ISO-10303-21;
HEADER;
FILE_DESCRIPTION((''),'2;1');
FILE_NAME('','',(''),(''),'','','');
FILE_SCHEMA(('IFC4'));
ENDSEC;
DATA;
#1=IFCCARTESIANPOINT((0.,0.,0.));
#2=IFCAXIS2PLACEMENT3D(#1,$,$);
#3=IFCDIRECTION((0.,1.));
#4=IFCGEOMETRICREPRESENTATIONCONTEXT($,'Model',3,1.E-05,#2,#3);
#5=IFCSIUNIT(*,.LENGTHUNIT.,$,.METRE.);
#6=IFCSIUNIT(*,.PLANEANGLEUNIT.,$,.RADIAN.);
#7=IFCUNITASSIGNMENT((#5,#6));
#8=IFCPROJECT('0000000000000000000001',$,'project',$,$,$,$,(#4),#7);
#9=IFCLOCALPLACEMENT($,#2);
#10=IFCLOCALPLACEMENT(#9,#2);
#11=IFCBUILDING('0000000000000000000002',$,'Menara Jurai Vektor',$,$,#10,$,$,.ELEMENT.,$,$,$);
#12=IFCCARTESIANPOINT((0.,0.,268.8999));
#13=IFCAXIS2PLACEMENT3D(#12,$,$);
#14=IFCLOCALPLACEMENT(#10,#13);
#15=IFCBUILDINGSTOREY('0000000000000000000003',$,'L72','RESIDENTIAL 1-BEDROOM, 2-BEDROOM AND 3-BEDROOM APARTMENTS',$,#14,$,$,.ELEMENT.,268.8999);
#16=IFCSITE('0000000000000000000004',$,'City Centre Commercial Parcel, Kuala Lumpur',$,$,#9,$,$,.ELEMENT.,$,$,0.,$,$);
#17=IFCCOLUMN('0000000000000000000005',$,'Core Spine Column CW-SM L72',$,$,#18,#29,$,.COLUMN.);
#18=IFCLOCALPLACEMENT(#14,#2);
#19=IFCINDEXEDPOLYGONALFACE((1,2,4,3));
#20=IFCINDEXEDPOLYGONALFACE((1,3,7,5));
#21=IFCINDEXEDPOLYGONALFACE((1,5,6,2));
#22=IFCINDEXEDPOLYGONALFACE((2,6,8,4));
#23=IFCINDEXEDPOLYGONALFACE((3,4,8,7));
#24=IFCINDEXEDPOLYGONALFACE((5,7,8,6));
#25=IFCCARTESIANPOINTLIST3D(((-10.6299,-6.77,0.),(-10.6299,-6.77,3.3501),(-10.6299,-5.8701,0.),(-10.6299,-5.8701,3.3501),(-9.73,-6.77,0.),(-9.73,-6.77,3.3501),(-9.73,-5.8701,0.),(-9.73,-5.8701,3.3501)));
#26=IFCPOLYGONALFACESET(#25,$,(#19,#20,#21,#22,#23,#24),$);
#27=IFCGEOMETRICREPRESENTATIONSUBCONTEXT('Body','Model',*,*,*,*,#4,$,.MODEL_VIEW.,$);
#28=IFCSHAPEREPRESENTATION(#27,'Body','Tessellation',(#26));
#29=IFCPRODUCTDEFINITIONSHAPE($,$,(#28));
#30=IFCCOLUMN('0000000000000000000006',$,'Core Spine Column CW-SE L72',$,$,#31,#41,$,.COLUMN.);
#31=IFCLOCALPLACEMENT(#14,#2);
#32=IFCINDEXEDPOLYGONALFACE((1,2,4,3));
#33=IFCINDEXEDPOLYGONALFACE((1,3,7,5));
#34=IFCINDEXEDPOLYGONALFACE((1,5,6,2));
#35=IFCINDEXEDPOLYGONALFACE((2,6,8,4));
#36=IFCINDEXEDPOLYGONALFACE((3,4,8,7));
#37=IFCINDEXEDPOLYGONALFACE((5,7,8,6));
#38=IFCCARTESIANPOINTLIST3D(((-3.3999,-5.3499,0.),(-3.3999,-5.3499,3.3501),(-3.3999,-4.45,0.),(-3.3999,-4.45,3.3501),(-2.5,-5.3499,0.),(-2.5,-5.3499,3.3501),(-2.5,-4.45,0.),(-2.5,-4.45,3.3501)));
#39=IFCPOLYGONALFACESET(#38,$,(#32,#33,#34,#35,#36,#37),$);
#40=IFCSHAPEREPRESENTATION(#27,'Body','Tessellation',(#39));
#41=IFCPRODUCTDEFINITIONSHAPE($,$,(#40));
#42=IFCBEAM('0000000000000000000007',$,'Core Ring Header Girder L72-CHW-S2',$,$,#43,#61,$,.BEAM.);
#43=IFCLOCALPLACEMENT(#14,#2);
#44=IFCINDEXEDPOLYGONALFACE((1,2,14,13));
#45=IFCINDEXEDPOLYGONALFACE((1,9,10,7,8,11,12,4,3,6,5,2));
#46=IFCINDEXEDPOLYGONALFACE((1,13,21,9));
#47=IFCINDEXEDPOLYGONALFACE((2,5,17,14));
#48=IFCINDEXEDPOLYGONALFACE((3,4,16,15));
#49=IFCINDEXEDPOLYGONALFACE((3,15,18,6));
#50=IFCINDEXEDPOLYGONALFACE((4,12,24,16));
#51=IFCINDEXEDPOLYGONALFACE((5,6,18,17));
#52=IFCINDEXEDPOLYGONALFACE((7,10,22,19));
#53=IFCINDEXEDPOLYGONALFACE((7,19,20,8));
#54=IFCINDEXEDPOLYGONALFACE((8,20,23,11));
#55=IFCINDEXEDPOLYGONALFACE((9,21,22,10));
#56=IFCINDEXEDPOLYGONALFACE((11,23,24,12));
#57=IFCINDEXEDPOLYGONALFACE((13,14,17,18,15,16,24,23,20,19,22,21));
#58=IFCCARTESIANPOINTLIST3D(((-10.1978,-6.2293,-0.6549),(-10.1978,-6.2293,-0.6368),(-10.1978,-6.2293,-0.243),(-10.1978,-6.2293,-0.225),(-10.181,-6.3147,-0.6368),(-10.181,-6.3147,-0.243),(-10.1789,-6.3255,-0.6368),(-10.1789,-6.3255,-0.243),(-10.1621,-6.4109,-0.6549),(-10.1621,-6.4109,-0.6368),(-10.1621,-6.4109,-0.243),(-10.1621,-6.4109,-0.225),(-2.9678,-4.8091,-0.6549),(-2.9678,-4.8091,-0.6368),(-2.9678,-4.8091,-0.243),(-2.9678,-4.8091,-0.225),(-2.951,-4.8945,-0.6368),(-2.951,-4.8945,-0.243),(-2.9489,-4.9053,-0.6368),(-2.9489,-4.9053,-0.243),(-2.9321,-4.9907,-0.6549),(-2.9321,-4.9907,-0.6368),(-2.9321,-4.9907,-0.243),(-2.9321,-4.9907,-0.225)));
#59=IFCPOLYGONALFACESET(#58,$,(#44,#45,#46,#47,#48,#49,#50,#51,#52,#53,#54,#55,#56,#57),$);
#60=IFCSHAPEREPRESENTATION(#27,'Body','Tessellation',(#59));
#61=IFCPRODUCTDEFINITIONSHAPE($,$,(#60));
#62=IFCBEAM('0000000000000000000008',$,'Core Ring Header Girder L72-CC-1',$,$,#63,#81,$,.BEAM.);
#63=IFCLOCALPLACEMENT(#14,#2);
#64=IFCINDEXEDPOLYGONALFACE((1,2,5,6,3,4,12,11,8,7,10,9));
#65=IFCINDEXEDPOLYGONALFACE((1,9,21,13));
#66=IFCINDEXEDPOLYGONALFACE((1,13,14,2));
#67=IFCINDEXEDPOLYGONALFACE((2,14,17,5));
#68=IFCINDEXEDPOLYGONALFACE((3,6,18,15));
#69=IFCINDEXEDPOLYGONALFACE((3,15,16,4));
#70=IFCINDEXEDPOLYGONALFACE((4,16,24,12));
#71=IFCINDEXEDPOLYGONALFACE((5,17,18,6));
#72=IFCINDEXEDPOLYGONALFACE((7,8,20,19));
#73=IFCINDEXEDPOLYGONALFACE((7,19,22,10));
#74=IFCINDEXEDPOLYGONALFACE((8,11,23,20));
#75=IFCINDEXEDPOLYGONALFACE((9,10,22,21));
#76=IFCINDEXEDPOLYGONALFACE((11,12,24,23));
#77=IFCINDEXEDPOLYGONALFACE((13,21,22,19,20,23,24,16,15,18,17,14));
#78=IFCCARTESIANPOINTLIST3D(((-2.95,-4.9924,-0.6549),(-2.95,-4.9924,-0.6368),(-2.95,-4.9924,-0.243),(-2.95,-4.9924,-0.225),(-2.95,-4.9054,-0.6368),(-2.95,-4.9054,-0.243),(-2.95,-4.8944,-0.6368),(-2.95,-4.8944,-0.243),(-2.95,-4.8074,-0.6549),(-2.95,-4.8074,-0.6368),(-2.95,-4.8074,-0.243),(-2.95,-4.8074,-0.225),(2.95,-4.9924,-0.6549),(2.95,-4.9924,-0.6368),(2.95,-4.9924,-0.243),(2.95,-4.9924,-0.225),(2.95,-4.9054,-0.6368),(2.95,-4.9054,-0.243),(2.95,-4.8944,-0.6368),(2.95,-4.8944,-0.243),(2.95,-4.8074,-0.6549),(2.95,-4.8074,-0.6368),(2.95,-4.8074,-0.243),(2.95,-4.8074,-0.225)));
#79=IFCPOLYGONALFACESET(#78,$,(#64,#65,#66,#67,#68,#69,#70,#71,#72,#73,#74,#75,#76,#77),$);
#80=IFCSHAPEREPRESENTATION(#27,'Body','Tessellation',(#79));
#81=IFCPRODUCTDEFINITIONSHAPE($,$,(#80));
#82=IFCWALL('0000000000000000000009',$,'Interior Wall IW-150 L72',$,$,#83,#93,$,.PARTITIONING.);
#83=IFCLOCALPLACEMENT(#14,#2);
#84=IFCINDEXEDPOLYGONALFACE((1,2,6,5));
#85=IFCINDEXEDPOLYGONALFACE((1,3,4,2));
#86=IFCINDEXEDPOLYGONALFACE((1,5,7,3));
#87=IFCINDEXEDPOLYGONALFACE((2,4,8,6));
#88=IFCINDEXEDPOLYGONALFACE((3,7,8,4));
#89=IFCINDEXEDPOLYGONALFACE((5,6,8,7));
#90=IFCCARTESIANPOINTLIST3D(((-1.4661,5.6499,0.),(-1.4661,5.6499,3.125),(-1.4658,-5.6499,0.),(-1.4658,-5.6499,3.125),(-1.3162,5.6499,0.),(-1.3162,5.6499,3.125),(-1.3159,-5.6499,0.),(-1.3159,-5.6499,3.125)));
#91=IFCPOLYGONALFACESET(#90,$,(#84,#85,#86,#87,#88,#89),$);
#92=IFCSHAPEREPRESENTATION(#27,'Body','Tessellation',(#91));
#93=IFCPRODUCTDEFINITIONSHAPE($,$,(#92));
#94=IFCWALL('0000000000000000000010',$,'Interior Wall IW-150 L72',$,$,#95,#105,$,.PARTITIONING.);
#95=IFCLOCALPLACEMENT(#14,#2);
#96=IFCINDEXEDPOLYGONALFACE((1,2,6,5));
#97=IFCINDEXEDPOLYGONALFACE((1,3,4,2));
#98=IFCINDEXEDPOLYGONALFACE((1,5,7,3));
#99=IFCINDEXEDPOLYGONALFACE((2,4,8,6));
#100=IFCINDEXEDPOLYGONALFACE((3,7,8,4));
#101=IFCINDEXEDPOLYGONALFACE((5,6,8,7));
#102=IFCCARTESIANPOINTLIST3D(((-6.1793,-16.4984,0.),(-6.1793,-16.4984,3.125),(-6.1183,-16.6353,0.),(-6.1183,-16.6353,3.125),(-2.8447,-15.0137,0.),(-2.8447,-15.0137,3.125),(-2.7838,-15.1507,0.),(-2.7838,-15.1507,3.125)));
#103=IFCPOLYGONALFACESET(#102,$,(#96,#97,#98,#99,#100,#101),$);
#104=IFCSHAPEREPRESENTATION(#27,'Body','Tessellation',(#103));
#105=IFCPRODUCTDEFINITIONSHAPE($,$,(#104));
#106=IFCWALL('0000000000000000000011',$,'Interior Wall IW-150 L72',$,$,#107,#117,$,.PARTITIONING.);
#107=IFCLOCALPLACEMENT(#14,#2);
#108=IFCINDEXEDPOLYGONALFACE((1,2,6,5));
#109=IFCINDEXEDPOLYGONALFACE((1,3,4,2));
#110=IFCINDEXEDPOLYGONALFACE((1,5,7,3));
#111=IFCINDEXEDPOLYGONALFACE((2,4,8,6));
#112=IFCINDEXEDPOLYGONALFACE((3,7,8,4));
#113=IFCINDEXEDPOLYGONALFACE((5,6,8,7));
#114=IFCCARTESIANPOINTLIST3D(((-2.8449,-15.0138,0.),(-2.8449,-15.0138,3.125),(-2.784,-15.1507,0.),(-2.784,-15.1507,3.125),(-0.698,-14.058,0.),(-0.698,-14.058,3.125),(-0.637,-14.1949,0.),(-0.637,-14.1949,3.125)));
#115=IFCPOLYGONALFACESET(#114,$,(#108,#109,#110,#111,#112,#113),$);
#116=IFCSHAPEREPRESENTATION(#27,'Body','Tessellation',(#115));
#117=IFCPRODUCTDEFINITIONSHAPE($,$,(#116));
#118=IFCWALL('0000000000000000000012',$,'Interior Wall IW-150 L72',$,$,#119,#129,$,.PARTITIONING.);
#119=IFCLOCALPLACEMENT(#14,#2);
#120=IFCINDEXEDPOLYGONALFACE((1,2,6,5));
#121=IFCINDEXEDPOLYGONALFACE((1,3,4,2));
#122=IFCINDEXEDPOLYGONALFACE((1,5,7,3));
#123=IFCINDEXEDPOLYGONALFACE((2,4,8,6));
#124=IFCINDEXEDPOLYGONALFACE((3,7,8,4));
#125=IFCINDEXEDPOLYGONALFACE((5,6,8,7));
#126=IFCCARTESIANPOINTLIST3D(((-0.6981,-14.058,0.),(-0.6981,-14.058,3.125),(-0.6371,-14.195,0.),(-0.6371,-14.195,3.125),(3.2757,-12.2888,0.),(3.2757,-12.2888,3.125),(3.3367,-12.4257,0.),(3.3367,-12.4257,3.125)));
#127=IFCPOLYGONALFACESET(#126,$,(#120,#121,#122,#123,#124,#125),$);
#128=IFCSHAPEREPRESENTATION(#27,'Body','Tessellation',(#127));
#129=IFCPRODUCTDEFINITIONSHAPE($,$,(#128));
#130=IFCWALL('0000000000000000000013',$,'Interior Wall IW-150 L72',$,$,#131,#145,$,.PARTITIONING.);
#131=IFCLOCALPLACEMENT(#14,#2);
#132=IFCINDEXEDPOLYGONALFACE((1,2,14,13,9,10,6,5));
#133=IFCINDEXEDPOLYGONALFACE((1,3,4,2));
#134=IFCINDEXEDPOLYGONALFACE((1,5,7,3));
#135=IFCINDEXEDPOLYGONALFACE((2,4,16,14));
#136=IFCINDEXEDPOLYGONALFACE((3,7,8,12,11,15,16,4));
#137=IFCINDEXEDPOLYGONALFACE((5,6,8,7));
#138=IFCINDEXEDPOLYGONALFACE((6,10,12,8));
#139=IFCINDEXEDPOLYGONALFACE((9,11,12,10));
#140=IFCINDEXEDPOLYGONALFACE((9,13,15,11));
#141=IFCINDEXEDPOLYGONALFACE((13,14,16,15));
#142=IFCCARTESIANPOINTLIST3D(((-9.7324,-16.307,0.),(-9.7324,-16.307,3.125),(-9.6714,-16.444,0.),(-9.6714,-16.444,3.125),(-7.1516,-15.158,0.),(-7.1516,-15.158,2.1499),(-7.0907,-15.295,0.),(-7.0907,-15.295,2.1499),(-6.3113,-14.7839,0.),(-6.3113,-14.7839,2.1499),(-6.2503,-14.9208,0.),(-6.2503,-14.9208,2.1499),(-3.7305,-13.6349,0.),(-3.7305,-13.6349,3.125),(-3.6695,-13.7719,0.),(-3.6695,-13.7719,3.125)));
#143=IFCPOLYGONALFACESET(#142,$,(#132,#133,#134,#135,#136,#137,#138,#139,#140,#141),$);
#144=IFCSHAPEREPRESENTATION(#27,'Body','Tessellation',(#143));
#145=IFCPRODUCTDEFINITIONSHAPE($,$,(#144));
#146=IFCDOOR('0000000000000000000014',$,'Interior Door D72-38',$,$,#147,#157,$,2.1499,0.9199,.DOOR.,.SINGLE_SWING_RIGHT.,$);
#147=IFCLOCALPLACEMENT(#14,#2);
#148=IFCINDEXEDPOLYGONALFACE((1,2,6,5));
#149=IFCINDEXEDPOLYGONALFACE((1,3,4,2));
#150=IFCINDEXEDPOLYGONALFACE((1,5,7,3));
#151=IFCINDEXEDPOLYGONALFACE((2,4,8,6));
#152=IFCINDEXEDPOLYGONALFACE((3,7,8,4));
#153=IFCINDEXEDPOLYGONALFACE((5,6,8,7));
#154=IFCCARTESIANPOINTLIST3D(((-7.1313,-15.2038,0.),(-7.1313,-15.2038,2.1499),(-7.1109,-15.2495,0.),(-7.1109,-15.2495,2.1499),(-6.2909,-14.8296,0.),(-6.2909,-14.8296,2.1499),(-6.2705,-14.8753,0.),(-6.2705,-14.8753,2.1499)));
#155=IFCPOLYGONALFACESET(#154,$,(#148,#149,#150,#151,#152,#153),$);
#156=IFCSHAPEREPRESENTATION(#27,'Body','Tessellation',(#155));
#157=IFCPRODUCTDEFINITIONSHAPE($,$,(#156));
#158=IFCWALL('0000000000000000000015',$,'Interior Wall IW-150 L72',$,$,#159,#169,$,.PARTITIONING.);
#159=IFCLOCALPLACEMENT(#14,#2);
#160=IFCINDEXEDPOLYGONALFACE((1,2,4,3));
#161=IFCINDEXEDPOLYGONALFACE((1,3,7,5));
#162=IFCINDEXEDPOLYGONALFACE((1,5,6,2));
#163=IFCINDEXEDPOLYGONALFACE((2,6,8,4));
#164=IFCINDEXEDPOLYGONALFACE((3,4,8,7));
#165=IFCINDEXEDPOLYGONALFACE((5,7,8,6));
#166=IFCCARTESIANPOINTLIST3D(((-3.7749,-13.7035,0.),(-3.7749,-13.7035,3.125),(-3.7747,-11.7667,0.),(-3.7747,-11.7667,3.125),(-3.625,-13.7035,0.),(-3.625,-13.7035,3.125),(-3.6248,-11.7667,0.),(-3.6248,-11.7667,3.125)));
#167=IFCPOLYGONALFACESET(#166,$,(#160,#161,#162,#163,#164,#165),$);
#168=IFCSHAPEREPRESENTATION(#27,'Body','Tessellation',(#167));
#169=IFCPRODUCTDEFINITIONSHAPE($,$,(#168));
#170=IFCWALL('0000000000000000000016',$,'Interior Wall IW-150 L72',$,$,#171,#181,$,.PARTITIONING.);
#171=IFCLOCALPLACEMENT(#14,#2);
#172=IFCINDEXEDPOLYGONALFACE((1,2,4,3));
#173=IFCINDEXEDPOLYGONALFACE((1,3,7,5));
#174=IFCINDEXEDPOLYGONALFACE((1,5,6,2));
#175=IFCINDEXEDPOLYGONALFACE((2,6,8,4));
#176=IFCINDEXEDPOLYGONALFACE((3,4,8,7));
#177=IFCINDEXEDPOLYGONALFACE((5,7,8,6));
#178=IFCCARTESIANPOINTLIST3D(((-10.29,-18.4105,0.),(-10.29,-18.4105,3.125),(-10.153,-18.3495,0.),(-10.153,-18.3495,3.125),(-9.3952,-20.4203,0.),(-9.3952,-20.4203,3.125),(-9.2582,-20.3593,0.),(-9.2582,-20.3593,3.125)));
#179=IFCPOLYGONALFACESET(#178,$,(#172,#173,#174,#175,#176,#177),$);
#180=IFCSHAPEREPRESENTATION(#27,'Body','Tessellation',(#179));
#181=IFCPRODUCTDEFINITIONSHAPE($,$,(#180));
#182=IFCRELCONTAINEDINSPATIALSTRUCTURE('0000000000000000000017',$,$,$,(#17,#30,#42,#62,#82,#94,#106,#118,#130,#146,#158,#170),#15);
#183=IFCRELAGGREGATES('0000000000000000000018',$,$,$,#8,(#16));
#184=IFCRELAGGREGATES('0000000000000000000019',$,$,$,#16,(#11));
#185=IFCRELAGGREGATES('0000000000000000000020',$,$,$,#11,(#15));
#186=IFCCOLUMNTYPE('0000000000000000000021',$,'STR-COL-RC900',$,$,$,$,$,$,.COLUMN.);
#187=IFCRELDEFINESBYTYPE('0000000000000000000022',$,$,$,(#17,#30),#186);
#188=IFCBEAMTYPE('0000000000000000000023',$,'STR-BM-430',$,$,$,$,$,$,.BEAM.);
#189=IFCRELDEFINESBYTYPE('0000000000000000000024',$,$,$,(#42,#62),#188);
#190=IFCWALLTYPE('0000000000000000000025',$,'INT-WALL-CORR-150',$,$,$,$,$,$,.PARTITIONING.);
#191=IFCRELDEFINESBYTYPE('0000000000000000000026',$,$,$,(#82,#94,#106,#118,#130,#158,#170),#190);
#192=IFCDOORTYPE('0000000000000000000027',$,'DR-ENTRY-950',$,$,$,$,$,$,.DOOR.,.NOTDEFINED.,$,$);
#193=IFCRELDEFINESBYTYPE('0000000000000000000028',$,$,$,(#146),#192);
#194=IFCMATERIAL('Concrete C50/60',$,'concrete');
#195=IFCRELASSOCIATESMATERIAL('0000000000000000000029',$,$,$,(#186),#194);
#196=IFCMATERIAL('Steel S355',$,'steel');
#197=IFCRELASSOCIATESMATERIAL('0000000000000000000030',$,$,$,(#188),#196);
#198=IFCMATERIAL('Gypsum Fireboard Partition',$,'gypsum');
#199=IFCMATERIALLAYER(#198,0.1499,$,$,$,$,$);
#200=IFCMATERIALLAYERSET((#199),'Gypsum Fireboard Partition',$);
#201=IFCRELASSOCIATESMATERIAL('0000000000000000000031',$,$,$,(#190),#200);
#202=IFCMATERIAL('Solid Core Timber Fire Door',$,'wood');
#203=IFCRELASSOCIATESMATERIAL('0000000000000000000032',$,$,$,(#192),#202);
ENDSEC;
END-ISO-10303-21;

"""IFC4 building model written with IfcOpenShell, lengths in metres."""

from ifc_helpers import new_model, si_unit, direction, frame, frame_2d, origin, origin_2d, place, context, subcontext, project, spatial, rectangle, i_section, extrude, material, layer, layer_set, material_profile, profile_set, type_object, element, fill, save


model = new_model("IFC4")

# Units and contexts
model_context = context("Model", 3, precision=1e-05, world=origin(), true_north=direction((0.0, 1.0)))
body_context = subcontext(model_context, "Body", "Model", "MODEL_VIEW")
ifc_project = project(units=[si_unit("LENGTHUNIT", "METRE"), si_unit("PLANEANGLEUNIT", "RADIAN")], contexts=[model_context])

# Site, building, storey
site_placement = place(None, origin())
site = spatial("IfcSite", under=ifc_project, at=site_placement, Name="City Centre Commercial Parcel, Kuala Lumpur", CompositionType="ELEMENT", RefElevation=0.0)
building_placement = place(site_placement, origin())
building = spatial("IfcBuilding", under=site, at=building_placement, Name="Menara Jurai Vektor", CompositionType="ELEMENT")
storey_placement = place(building_placement, frame((0.0, 0.0, 268.8999)))
storey = spatial("IfcBuildingStorey", under=building, at=storey_placement, Name="L72", Description="RESIDENTIAL 1-BEDROOM, 2-BEDROOM AND 3-BEDROOM APARTMENTS", CompositionType="ELEMENT", Elevation=268.8999)

# Columns
ifc_material_1 = material(Name="Concrete C50/60", Category="concrete")
ifc_material_profile_1 = material_profile(ifc_material_1, rectangle(XDim=0.8999, YDim=0.8999, at=origin_2d()), Name="RC 900x900")
ifc_profile_set_1 = profile_set([ifc_material_profile_1], Name="Concrete C50/60")
column_type = type_object("IfcColumnType", Name="STR-COL-RC900", PredefinedType="COLUMN", material=ifc_profile_set_1)
for number, where, z_axis, x_axis, name in (
    (1, (-10.1799, -6.3201, 0.0), (0.0, 0.0, 1.0), (1.0, 0.0, 0.0), "Core Spine Column CW-SM L72"),
    (2, (-2.95, -4.8999, 0.0), (0.0, 0.0, 1.0), (1.0, 0.0, 0.0), "Core Spine Column CW-SE L72"),
):
    element("IfcColumn", number, at=place(storey_placement, frame(where, z_axis=z_axis, x_axis=x_axis)), inside=storey, type_object=column_type, Name=name, PredefinedType="COLUMN", context=body_context, shape_type="SweptSolid", body=[
        extrude(rectangle(XDim=0.8999, YDim=0.8999, at=origin_2d()), origin(), (0.0, 0.0, 1.0), 3.3501),
    ])

# Beams
ifc_material_2 = material(Name="Steel S355", Category="steel")
ifc_material_profile_2 = material_profile(ifc_material_2, i_section(OverallWidth=0.1851, OverallDepth=0.4299, WebThickness=0.011, FlangeThickness=0.0181, at=origin_2d()), Name="PG 430x185x76")
ifc_profile_set_2 = profile_set([ifc_material_profile_2], Name="Steel S355")
beam_type = type_object("IfcBeamType", Name="STR-BM-430", PredefinedType="BEAM", material=ifc_profile_set_2)
beam_1_placement = place(storey_placement, frame((-10.1799, -6.3201, -0.4399), z_axis=(0.981249, 0.192744, 0.0), x_axis=(-0.192744, 0.981249, 0.0)))
element("IfcBeam", 3, at=beam_1_placement, inside=storey, type_object=beam_type, Name="Core Ring Header Girder L72-CHW-S2", PredefinedType="BEAM", context=body_context, shape_type="SweptSolid", body=[
    extrude(i_section(OverallWidth=0.1851, OverallDepth=0.4299, WebThickness=0.011, FlangeThickness=0.0181, at=origin_2d()), origin(), (0.0, 0.0, 1.0), 7.3682),
])
beam_2_placement = place(storey_placement, frame((-2.95, -4.8999, -0.4399), z_axis=(1.0, 0.0, 0.0), x_axis=(0.0, 1.0, 0.0)))
element("IfcBeam", 4, at=beam_2_placement, inside=storey, type_object=beam_type, Name="Core Ring Header Girder L72-CC-1", PredefinedType="BEAM", context=body_context, shape_type="SweptSolid", body=[
    extrude(i_section(OverallWidth=0.1851, OverallDepth=0.4299, WebThickness=0.011, FlangeThickness=0.0181, at=origin_2d()), origin(), (0.0, 0.0, 1.0), 5.8999),
])

# Wall
ifc_material_3 = material(Name="Gypsum Fireboard Partition", Category="gypsum")
ifc_layer_1 = layer(ifc_material_3, 0.1499)
ifc_layer_set_1 = layer_set([ifc_layer_1], Name="Gypsum Fireboard Partition")
wall_type_1 = type_object("IfcWallType", Name="INT-WALL-CORR-150", PredefinedType="PARTITIONING", material=ifc_layer_set_1)
wall_1_placement = place(storey_placement, frame((-1.3909, -5.6499, 0.0), z_axis=(0.0, 0.0, 1.0), x_axis=(-0.000022, 1.0, 0.0)))
element("IfcWall", 5, at=wall_1_placement, inside=storey, type_object=wall_type_1, Name="Interior Wall IW-150 L72", PredefinedType="PARTITIONING", context=body_context, shape_type="SweptSolid", body=[
    extrude(rectangle(XDim=11.2998, YDim=0.1499, at=frame_2d((5.6499, 0.0))), origin(), (0.0, 0.0, 1.0), 3.125),
])

# Shared definitions
ifc_material_4 = material(Name="Solid Core Timber Fire Door", Category="wood")
door_type_1 = type_object("IfcDoorType", Name="DR-ENTRY-950", OperationType="NOTDEFINED", PredefinedType="DOOR", material=ifc_material_4)

# Walls
wall_2_placement = place(storey_placement, frame((-6.1489, -16.5669, 0.0), z_axis=(0.0, 0.0, 1.0), x_axis=(0.913544, 0.40674, 0.0)))
element("IfcWall", 6, at=wall_2_placement, inside=storey, type_object=wall_type_1, Name="Interior Wall IW-150 L72", PredefinedType="PARTITIONING", context=body_context, shape_type="SweptSolid", body=[
    extrude(rectangle(XDim=3.6501, YDim=0.1499, at=frame_2d((1.8252, 0.0))), origin(), (0.0, 0.0, 1.0), 3.125),
])
wall_3_placement = place(storey_placement, frame((-2.8145, -15.0823, 0.0), z_axis=(0.0, 0.0, 1.0), x_axis=(0.913559, 0.406707, 0.0)))
element("IfcWall", 7, at=wall_3_placement, inside=storey, type_object=wall_type_1, Name="Interior Wall IW-150 L72", PredefinedType="PARTITIONING", context=body_context, shape_type="SweptSolid", body=[
    extrude(rectangle(XDim=2.3501, YDim=0.1499, at=frame_2d((1.175, 0.0))), origin(), (0.0, 0.0, 1.0), 3.125),
])
wall_4_placement = place(storey_placement, frame((-0.6675, -14.1265, 0.0), z_axis=(0.0, 0.0, 1.0), x_axis=(0.913545, 0.406737, 0.0)))
element("IfcWall", 8, at=wall_4_placement, inside=storey, type_object=wall_type_1, Name="Interior Wall IW-150 L72", PredefinedType="PARTITIONING", context=body_context, shape_type="SweptSolid", body=[
    extrude(rectangle(XDim=4.3499, YDim=0.1499, at=frame_2d((2.1748, 0.0))), origin(), (0.0, 0.0, 1.0), 3.125),
])

# Wall, opening, door
wall_5_placement = place(storey_placement, frame((-9.7019, -16.3755, 0.0), z_axis=(0.0, 0.0, 1.0), x_axis=(0.913552, 0.406721, 0.0)))
wall_5 = element("IfcWall", 9, at=wall_5_placement, inside=storey, type_object=wall_type_1, Name="Interior Wall IW-150 L72", PredefinedType="PARTITIONING", context=body_context, shape_type="SweptSolid", body=[
    extrude(rectangle(XDim=6.5698, YDim=0.1499, at=frame_2d((3.2849, 0.0))), origin(), (0.0, 0.0, 1.0), 3.125),
])
opening_1_placement = place(wall_5_placement, frame((2.825, 0.0, 0.0)))
opening_1 = element("IfcOpeningElement", 10, at=opening_1_placement, cuts=wall_5, PredefinedType="OPENING", context=body_context, shape_type="SweptSolid", body=[
    extrude(rectangle(XDim=0.9199, YDim=2.1499, at=frame_2d((0.46, 1.075))), frame((0.0, 0.085, 0.0), z_axis=(0.0, -1.0, 0.0), x_axis=(1.0, 0.0, 0.0)), (0.0, 0.0, 1.0), 0.1699),
])
door_1_placement = place(opening_1_placement, origin())
door_1 = element("IfcDoor", 11, at=door_1_placement, inside=storey, type_object=door_type_1, Name="Interior Door D72-38", OperationType="SINGLE_SWING_RIGHT", OverallHeight=2.1499, OverallWidth=0.9199, PredefinedType="DOOR", context=body_context, shape_type="SweptSolid", body=[
    extrude(rectangle(XDim=0.9199, YDim=2.1499, at=frame_2d((0.46, 1.075))), frame((0.0, 0.0249, 0.0), z_axis=(0.0, -1.0, 0.0), x_axis=(1.0, 0.0, 0.0)), (0.0, 0.0, 1.0), 0.05),
])
fill(opening_1, door_1)

# Wall
wall_6_placement = place(storey_placement, frame((-3.7, -13.7034, 0.0), z_axis=(0.0, 0.0, 1.0), x_axis=(0.000126, 1.0, 0.0)))
element("IfcWall", 12, at=wall_6_placement, inside=storey, type_object=wall_type_1, Name="Interior Wall IW-150 L72", PredefinedType="PARTITIONING", context=body_context, shape_type="SweptSolid", body=[
    extrude(rectangle(XDim=1.9368, YDim=0.1499, at=frame_2d((0.9683, 0.0))), origin(), (0.0, 0.0, 1.0), 3.125),
])

# Wall
for number, where, z_axis, x_axis, name in (
    (13, (-9.3267, -20.3899, 0.0), (0.0, 0.0, 1.0), (-0.406725, 0.913551, 0.0), "Interior Wall IW-150 L72"),
):
    element("IfcWall", number, at=place(storey_placement, frame(where, z_axis=z_axis, x_axis=x_axis)), inside=storey, type_object=wall_type_1, Name=name, PredefinedType="PARTITIONING", context=body_context, shape_type="SweptSolid", body=[
        extrude(rectangle(XDim=2.2, YDim=0.1499, at=frame_2d((1.1001, 0.0))), origin(), (0.0, 0.0, 1.0), 3.125),
    ])

save(model, "model.ifc")
